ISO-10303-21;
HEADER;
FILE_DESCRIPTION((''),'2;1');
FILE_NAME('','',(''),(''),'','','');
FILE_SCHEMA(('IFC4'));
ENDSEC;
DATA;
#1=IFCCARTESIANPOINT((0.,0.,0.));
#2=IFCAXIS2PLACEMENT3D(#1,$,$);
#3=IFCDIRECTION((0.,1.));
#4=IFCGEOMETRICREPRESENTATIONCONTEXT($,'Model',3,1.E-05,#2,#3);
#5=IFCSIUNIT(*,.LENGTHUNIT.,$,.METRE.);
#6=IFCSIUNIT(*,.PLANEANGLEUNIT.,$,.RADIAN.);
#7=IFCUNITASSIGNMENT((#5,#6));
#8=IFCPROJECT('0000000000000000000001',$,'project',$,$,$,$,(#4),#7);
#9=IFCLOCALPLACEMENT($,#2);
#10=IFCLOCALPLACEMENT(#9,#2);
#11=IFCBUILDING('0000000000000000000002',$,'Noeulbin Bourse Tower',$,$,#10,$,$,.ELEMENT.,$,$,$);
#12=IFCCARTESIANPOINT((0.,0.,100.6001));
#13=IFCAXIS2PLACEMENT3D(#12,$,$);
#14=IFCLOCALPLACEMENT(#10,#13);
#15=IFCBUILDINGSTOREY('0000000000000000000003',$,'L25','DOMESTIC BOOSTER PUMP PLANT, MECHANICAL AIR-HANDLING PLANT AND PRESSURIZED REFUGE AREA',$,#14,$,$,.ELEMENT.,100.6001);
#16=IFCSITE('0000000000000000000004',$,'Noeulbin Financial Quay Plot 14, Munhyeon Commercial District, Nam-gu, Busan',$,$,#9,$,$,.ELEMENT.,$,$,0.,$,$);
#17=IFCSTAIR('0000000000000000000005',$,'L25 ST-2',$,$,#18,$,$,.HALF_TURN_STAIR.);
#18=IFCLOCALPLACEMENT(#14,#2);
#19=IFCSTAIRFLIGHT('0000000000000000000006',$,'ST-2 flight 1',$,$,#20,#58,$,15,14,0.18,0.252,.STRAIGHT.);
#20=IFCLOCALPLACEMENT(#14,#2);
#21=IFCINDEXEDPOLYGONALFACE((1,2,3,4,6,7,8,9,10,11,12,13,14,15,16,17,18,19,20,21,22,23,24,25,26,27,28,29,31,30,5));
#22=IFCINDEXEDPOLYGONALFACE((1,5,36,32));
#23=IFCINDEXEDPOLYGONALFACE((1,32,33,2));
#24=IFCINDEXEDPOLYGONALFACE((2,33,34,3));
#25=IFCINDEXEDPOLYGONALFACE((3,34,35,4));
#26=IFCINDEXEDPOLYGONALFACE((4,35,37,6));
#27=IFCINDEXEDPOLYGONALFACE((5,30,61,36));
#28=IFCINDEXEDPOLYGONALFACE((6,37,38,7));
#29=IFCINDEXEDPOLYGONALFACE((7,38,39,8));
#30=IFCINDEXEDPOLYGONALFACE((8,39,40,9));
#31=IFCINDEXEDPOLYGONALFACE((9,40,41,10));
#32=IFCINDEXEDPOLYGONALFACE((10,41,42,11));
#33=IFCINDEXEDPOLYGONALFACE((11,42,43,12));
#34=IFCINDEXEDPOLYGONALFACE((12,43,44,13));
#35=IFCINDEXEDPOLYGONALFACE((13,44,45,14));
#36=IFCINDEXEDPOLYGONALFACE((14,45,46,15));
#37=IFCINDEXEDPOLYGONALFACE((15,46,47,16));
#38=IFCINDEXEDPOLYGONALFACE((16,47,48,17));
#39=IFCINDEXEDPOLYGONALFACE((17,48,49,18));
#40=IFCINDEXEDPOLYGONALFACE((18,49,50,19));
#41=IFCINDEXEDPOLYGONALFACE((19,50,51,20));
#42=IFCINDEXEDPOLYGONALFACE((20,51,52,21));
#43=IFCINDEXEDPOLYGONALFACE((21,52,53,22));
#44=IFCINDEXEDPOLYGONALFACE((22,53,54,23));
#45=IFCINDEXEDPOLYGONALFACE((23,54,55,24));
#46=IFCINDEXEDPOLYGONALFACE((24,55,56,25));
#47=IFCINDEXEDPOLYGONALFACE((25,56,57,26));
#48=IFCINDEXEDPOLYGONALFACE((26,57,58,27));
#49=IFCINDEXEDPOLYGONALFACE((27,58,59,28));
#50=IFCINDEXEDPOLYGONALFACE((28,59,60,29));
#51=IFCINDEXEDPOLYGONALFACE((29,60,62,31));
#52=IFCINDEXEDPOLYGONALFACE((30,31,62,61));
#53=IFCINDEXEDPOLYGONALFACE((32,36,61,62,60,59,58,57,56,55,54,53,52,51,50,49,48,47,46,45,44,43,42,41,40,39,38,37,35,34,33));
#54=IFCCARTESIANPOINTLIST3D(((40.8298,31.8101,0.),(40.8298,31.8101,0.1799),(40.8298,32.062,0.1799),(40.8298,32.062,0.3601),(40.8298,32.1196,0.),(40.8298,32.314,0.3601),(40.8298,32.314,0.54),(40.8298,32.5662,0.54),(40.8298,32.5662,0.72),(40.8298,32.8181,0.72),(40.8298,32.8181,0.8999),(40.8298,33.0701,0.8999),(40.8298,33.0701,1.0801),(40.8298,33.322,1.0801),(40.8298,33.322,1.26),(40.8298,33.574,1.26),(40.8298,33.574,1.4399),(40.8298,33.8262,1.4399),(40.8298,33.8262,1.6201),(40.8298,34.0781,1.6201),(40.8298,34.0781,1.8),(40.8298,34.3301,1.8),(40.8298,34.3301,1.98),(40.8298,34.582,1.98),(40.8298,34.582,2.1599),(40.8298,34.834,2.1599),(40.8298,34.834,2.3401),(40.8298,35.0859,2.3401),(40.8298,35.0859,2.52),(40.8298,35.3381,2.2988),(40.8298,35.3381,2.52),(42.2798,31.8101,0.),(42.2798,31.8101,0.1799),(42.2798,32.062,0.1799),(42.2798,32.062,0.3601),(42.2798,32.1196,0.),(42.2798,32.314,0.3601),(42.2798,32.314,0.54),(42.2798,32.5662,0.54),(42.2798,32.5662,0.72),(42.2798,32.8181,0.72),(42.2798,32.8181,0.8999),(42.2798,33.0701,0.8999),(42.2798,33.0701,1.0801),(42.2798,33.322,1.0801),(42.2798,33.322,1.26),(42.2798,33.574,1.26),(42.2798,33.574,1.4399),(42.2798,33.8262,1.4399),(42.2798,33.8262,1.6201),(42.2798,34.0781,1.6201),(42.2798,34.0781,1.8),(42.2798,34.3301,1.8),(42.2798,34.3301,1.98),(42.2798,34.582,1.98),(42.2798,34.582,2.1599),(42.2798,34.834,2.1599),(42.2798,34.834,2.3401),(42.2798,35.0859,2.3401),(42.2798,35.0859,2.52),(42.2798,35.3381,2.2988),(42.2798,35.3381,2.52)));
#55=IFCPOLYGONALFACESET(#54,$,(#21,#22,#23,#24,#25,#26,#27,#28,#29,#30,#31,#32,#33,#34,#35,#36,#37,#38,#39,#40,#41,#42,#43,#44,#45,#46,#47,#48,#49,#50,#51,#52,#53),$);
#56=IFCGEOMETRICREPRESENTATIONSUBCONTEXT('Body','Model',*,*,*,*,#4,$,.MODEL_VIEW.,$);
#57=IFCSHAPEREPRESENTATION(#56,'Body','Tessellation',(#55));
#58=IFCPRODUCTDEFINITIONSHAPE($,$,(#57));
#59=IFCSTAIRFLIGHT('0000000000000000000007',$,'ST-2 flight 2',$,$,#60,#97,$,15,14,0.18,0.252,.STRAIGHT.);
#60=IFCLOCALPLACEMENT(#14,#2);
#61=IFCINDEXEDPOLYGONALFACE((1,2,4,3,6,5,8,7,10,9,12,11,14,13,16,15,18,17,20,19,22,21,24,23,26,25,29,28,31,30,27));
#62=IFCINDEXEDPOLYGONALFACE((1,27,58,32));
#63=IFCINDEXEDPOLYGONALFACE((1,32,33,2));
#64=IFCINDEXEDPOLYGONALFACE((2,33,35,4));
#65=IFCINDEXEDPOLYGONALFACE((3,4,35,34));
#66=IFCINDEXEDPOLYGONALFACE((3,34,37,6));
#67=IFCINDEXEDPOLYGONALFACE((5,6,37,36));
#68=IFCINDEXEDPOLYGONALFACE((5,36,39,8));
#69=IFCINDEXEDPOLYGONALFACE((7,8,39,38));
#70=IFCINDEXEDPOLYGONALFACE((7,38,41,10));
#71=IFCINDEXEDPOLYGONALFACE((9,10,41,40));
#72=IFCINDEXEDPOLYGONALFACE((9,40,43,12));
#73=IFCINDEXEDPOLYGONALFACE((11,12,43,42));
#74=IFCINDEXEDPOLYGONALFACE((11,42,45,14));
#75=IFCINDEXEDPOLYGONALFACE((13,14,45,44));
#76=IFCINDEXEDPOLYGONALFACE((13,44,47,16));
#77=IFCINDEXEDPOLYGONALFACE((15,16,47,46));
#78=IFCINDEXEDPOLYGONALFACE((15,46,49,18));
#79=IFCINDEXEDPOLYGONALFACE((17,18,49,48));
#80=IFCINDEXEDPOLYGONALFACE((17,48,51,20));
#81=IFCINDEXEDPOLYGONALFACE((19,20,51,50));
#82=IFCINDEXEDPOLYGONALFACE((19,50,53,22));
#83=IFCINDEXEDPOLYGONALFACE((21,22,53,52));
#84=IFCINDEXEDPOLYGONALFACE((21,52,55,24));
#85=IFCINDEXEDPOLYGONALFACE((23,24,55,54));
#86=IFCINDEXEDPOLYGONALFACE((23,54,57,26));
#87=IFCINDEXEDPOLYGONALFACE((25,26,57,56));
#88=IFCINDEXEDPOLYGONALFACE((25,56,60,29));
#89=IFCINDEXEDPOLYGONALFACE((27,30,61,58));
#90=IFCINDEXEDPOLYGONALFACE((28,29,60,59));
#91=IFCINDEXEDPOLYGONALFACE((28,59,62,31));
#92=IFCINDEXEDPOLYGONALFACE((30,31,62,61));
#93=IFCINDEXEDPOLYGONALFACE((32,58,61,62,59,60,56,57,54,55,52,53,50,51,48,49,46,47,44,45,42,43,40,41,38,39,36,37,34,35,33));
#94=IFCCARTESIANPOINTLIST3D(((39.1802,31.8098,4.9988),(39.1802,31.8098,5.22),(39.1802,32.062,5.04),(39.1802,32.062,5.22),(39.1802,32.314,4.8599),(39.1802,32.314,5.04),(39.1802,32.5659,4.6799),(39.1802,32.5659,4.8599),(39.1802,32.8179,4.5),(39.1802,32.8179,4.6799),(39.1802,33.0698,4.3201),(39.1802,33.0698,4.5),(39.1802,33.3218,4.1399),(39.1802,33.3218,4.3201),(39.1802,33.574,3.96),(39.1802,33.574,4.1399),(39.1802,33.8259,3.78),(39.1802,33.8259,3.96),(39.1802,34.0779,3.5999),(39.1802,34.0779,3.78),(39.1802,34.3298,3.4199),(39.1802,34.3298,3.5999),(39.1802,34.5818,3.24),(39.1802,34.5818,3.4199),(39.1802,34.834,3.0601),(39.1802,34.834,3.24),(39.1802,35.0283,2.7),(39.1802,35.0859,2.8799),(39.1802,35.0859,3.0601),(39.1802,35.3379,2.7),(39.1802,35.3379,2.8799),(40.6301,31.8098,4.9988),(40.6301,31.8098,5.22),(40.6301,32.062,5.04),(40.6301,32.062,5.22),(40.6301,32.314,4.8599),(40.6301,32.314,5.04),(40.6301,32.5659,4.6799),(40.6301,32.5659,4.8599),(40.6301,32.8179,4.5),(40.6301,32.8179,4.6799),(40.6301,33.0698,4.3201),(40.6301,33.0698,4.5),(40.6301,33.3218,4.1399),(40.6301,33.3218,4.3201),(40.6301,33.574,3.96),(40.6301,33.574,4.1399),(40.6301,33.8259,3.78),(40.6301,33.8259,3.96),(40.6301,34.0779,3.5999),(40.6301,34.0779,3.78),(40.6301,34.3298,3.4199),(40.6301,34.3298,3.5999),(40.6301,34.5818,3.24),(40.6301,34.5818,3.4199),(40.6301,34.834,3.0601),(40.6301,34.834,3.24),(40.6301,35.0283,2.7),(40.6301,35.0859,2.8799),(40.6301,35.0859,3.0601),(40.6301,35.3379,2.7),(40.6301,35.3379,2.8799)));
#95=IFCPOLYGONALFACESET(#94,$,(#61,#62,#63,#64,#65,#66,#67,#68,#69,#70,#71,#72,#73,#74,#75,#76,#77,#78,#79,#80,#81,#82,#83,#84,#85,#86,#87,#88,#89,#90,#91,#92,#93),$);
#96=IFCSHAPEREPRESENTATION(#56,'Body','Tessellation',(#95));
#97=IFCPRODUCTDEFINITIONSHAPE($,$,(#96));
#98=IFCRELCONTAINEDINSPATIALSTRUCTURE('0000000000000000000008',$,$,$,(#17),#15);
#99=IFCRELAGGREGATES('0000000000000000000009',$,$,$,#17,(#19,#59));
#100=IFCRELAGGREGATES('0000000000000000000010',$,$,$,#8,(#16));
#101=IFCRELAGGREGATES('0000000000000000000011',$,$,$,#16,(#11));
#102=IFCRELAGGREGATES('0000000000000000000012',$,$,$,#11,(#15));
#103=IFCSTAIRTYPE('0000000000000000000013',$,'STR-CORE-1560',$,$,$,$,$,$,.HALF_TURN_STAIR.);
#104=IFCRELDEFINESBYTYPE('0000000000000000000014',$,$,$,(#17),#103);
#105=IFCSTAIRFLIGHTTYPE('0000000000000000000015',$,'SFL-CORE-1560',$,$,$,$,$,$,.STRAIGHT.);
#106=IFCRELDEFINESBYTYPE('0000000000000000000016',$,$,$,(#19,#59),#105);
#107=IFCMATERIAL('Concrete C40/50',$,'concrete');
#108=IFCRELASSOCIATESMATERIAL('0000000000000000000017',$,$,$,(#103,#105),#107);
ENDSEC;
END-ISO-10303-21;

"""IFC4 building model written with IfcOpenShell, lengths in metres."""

from ifc_helpers import new_model, si_unit, direction, frame, origin, place, context, subcontext, project, spatial, polyline, outline, extrude, material, type_object, element, aggregate, save


model = new_model("IFC4")

# Units and contexts
model_context = context("Model", 3, precision=1e-05, world=origin(), true_north=direction((0.0, 1.0)))
body_context = subcontext(model_context, "Body", "Model", "MODEL_VIEW")
ifc_project = project(units=[si_unit("LENGTHUNIT", "METRE"), si_unit("PLANEANGLEUNIT", "RADIAN")], contexts=[model_context])

# Site, building, storey
site_placement = place(None, origin())
site = spatial("IfcSite", under=ifc_project, at=site_placement, Name="Noeulbin Financial Quay Plot 14, Munhyeon Commercial District, Nam-gu, Busan", CompositionType="ELEMENT", RefElevation=0.0)
building_placement = place(site_placement, origin())
building = spatial("IfcBuilding", under=site, at=building_placement, Name="Noeulbin Bourse Tower", CompositionType="ELEMENT")
storey_placement = place(building_placement, frame((0.0, 0.0, 100.6001)))
storey = spatial("IfcBuildingStorey", under=building, at=storey_placement, Name="L25", Description="DOMESTIC BOOSTER PUMP PLANT, MECHANICAL AIR-HANDLING PLANT AND PRESSURIZED REFUGE AREA", CompositionType="ELEMENT", Elevation=100.6001)

# Shared definitions
ifc_material_1 = material(Name="Concrete C40/50", Category="concrete")

# Stair, stair flights
stair_type = type_object("IfcStairType", Name="STR-CORE-1560", PredefinedType="HALF_TURN_STAIR", material=ifc_material_1)
stair_placement = place(storey_placement, origin())
stair = element("IfcStair", 1, at=stair_placement, inside=storey, type_object=stair_type, Name="L25 ST-2", PredefinedType="HALF_TURN_STAIR")
stair_flight_type = type_object("IfcStairFlightType", Name="SFL-CORE-1560", PredefinedType="STRAIGHT", material=ifc_material_1)
stair_flight_1_placement = place(storey_placement, frame((41.5549, 31.8101, 0.0), z_axis=(0.0, 0.0, 1.0), x_axis=(0.0, 1.0, 0.0)))
stair_flight_1 = element("IfcStairFlight", 2, at=stair_flight_1_placement, type_object=stair_flight_type, Name="ST-2 flight 1", NumberOfRisers=15, NumberOfTreads=14, PredefinedType="STRAIGHT", RiserHeight=0.18, TreadLength=0.252, context=body_context, shape_type="SweptSolid", body=[
    extrude(outline(polyline([(0.0, 0.0), (0.0, 0.1799), (0.252, 0.1799), (0.252, 0.3601), (0.5039, 0.3601), (0.5039, 0.54), (0.7561, 0.54), (0.7561, 0.72), (1.0081, 0.72), (1.0081, 0.8999), (1.26, 0.8999), (1.26, 1.0801), (1.512, 1.0801), (1.512, 1.26), (1.7639, 1.26), (1.7639, 1.4399), (2.0161, 1.4399), (2.0161, 1.6201), (2.2681, 1.6201), (2.2681, 1.8), (2.52, 1.8), (2.52, 1.98), (2.772, 1.98), (2.772, 2.1599), (3.0239, 2.1599), (3.0239, 2.3401), (3.2759, 2.3401), (3.2759, 2.52), (3.5281, 2.52), (3.5281, 2.7), (3.5281, 2.2988), (0.3096, 0.0), (0.0, 0.0)])), frame((0.0, 0.7251, 0.0), z_axis=(0.0, -1.0, 0.0), x_axis=(1.0, 0.0, 0.0)), (0.0, 0.0, 1.0), 1.45),
])
stair_flight_2_placement = place(storey_placement, frame((39.905, 35.3379, 2.7), z_axis=(0.0, 0.0, 1.0), x_axis=(0.0, -1.0, 0.0)))
stair_flight_2 = element("IfcStairFlight", 3, at=stair_flight_2_placement, type_object=stair_flight_type, Name="ST-2 flight 2", NumberOfRisers=15, NumberOfTreads=14, PredefinedType="STRAIGHT", RiserHeight=0.18, TreadLength=0.252, context=body_context, shape_type="SweptSolid", body=[
    extrude(outline(polyline([(0.0, 0.0), (0.0, 0.1799), (0.252, 0.1799), (0.252, 0.3601), (0.5039, 0.3601), (0.5039, 0.54), (0.7561, 0.54), (0.7561, 0.72), (1.0081, 0.72), (1.0081, 0.8999), (1.26, 0.8999), (1.26, 1.0801), (1.512, 1.0801), (1.512, 1.26), (1.7639, 1.26), (1.7639, 1.4399), (2.0161, 1.4399), (2.0161, 1.6201), (2.2681, 1.6201), (2.2681, 1.8), (2.52, 1.8), (2.52, 1.98), (2.772, 1.98), (2.772, 2.1599), (3.0239, 2.1599), (3.0239, 2.3401), (3.2759, 2.3401), (3.2759, 2.52), (3.5281, 2.52), (3.5281, 2.7), (3.5281, 2.2988), (0.3096, 0.0), (0.0, 0.0)])), frame((0.0, 0.7251, 0.0), z_axis=(0.0, -1.0, 0.0), x_axis=(1.0, 0.0, 0.0)), (0.0, 0.0, 1.0), 1.45),
])
aggregate(stair, [stair_flight_1, stair_flight_2])

save(model, "model.ifc")
